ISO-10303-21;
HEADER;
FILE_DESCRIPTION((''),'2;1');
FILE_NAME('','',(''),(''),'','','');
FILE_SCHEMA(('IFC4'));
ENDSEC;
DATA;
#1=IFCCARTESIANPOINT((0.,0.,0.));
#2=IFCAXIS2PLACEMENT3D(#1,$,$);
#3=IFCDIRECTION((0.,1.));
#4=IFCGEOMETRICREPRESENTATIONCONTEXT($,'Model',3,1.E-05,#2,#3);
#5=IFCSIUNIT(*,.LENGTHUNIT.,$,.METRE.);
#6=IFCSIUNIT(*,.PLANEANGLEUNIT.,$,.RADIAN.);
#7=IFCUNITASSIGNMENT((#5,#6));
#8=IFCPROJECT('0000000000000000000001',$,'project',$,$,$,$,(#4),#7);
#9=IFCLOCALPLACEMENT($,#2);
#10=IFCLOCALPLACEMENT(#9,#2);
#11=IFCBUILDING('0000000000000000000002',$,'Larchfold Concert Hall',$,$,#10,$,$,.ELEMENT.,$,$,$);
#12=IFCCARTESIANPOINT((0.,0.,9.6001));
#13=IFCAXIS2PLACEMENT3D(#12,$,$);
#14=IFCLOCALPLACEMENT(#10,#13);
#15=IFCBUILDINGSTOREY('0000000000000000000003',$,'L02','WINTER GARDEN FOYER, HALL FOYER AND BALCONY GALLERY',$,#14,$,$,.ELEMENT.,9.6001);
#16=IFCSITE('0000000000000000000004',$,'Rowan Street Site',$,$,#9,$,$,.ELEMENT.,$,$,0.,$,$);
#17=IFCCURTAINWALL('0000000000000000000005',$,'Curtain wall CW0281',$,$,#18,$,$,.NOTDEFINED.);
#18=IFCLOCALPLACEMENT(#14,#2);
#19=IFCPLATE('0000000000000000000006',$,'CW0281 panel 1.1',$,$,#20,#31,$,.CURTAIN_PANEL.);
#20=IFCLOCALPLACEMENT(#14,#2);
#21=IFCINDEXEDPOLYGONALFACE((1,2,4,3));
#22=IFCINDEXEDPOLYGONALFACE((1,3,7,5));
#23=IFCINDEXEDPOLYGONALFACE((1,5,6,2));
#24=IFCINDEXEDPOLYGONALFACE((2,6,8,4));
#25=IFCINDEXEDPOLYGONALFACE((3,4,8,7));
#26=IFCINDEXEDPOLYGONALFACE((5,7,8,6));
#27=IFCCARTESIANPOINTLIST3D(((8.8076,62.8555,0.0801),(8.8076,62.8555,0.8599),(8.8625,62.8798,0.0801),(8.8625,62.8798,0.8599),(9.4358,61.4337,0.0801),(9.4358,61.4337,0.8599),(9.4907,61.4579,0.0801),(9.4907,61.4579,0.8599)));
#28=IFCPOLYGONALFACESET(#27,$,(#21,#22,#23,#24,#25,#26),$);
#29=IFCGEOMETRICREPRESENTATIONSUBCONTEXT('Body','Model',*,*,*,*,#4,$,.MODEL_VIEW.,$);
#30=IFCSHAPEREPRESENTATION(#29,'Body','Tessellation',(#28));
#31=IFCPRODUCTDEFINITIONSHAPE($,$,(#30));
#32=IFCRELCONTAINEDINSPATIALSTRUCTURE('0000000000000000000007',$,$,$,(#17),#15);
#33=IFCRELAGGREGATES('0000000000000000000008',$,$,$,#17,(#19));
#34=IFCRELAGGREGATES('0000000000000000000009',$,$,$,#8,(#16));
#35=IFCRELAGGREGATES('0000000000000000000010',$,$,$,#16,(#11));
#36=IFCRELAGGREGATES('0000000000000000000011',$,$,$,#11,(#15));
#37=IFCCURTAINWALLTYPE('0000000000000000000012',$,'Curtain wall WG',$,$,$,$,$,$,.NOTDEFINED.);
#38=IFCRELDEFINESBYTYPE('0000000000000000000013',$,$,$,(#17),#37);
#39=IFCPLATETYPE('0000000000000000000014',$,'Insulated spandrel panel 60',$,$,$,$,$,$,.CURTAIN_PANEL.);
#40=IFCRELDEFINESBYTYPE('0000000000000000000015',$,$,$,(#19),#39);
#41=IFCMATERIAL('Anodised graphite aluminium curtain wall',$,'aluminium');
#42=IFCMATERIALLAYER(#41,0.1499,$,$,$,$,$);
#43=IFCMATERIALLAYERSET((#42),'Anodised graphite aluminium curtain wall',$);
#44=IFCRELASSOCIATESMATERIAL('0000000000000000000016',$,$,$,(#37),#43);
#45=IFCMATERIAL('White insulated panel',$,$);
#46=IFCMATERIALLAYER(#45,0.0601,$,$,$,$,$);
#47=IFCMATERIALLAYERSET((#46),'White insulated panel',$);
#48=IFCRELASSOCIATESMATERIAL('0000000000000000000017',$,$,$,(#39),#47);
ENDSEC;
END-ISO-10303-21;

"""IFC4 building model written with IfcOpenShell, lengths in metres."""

from ifc_helpers import new_model, si_unit, direction, frame, origin, origin_2d, place, context, subcontext, project, spatial, rectangle, extrude, material, layer, layer_set, type_object, element, aggregate, save


model = new_model("IFC4")

# Units and contexts
model_context = context("Model", 3, precision=1e-05, world=origin(), true_north=direction((0.0, 1.0)))
body_context = subcontext(model_context, "Body", "Model", "MODEL_VIEW")
ifc_project = project(units=[si_unit("LENGTHUNIT", "METRE"), si_unit("PLANEANGLEUNIT", "RADIAN")], contexts=[model_context])

# Site, building, storey
site_placement = place(None, origin())
site = spatial("IfcSite", under=ifc_project, at=site_placement, Name="Rowan Street Site", CompositionType="ELEMENT", RefElevation=0.0)
building_placement = place(site_placement, origin())
building = spatial("IfcBuilding", under=site, at=building_placement, Name="Larchfold Concert Hall", CompositionType="ELEMENT")
storey_placement = place(building_placement, frame((0.0, 0.0, 9.6001)))
storey = spatial("IfcBuildingStorey", under=building, at=storey_placement, Name="L02", Description="WINTER GARDEN FOYER, HALL FOYER AND BALCONY GALLERY", CompositionType="ELEMENT", Elevation=9.6001)

# Curtain wall
ifc_material_1 = material(Name="Anodised graphite aluminium curtain wall", Category="aluminium")
ifc_layer_1 = layer(ifc_material_1, 0.1499)
ifc_layer_set_1 = layer_set([ifc_layer_1], Name="Anodised graphite aluminium curtain wall")
curtain_wall_type = type_object("IfcCurtainWallType", Name="Curtain wall WG", PredefinedType="NOTDEFINED", material=ifc_layer_set_1)
curtain_wall_1_placement = place(storey_placement, origin())
curtain_wall_1 = element("IfcCurtainWall", 1, at=curtain_wall_1_placement, inside=storey, type_object=curtain_wall_type, Name="Curtain wall CW0281", PredefinedType="NOTDEFINED")

# Plate
ifc_material_2 = material(Name="White insulated panel")
ifc_layer_2 = layer(ifc_material_2, 0.0601)
ifc_layer_set_2 = layer_set([ifc_layer_2], Name="White insulated panel")
plate_type_1 = type_object("IfcPlateType", Name="Insulated spandrel panel 60", PredefinedType="CURTAIN_PANEL", material=ifc_layer_set_2)
plate_1_placement = place(storey_placement, frame((9.1492, 62.1567, 0.0801), z_axis=(0.0, 0.0, 1.0), x_axis=(0.404126, -0.914703, 0.0)))
plate_1 = element("IfcPlate", 2, at=plate_1_placement, type_object=plate_type_1, Name="CW0281 panel 1.1", PredefinedType="CURTAIN_PANEL", context=body_context, shape_type="SweptSolid", body=[
    extrude(rectangle(XDim=1.5544, YDim=0.0601, at=origin_2d()), origin(), (0.0, 0.0, 1.0), 0.7798),
])
aggregate(curtain_wall_1, [plate_1])

save(model, "model.ifc")
